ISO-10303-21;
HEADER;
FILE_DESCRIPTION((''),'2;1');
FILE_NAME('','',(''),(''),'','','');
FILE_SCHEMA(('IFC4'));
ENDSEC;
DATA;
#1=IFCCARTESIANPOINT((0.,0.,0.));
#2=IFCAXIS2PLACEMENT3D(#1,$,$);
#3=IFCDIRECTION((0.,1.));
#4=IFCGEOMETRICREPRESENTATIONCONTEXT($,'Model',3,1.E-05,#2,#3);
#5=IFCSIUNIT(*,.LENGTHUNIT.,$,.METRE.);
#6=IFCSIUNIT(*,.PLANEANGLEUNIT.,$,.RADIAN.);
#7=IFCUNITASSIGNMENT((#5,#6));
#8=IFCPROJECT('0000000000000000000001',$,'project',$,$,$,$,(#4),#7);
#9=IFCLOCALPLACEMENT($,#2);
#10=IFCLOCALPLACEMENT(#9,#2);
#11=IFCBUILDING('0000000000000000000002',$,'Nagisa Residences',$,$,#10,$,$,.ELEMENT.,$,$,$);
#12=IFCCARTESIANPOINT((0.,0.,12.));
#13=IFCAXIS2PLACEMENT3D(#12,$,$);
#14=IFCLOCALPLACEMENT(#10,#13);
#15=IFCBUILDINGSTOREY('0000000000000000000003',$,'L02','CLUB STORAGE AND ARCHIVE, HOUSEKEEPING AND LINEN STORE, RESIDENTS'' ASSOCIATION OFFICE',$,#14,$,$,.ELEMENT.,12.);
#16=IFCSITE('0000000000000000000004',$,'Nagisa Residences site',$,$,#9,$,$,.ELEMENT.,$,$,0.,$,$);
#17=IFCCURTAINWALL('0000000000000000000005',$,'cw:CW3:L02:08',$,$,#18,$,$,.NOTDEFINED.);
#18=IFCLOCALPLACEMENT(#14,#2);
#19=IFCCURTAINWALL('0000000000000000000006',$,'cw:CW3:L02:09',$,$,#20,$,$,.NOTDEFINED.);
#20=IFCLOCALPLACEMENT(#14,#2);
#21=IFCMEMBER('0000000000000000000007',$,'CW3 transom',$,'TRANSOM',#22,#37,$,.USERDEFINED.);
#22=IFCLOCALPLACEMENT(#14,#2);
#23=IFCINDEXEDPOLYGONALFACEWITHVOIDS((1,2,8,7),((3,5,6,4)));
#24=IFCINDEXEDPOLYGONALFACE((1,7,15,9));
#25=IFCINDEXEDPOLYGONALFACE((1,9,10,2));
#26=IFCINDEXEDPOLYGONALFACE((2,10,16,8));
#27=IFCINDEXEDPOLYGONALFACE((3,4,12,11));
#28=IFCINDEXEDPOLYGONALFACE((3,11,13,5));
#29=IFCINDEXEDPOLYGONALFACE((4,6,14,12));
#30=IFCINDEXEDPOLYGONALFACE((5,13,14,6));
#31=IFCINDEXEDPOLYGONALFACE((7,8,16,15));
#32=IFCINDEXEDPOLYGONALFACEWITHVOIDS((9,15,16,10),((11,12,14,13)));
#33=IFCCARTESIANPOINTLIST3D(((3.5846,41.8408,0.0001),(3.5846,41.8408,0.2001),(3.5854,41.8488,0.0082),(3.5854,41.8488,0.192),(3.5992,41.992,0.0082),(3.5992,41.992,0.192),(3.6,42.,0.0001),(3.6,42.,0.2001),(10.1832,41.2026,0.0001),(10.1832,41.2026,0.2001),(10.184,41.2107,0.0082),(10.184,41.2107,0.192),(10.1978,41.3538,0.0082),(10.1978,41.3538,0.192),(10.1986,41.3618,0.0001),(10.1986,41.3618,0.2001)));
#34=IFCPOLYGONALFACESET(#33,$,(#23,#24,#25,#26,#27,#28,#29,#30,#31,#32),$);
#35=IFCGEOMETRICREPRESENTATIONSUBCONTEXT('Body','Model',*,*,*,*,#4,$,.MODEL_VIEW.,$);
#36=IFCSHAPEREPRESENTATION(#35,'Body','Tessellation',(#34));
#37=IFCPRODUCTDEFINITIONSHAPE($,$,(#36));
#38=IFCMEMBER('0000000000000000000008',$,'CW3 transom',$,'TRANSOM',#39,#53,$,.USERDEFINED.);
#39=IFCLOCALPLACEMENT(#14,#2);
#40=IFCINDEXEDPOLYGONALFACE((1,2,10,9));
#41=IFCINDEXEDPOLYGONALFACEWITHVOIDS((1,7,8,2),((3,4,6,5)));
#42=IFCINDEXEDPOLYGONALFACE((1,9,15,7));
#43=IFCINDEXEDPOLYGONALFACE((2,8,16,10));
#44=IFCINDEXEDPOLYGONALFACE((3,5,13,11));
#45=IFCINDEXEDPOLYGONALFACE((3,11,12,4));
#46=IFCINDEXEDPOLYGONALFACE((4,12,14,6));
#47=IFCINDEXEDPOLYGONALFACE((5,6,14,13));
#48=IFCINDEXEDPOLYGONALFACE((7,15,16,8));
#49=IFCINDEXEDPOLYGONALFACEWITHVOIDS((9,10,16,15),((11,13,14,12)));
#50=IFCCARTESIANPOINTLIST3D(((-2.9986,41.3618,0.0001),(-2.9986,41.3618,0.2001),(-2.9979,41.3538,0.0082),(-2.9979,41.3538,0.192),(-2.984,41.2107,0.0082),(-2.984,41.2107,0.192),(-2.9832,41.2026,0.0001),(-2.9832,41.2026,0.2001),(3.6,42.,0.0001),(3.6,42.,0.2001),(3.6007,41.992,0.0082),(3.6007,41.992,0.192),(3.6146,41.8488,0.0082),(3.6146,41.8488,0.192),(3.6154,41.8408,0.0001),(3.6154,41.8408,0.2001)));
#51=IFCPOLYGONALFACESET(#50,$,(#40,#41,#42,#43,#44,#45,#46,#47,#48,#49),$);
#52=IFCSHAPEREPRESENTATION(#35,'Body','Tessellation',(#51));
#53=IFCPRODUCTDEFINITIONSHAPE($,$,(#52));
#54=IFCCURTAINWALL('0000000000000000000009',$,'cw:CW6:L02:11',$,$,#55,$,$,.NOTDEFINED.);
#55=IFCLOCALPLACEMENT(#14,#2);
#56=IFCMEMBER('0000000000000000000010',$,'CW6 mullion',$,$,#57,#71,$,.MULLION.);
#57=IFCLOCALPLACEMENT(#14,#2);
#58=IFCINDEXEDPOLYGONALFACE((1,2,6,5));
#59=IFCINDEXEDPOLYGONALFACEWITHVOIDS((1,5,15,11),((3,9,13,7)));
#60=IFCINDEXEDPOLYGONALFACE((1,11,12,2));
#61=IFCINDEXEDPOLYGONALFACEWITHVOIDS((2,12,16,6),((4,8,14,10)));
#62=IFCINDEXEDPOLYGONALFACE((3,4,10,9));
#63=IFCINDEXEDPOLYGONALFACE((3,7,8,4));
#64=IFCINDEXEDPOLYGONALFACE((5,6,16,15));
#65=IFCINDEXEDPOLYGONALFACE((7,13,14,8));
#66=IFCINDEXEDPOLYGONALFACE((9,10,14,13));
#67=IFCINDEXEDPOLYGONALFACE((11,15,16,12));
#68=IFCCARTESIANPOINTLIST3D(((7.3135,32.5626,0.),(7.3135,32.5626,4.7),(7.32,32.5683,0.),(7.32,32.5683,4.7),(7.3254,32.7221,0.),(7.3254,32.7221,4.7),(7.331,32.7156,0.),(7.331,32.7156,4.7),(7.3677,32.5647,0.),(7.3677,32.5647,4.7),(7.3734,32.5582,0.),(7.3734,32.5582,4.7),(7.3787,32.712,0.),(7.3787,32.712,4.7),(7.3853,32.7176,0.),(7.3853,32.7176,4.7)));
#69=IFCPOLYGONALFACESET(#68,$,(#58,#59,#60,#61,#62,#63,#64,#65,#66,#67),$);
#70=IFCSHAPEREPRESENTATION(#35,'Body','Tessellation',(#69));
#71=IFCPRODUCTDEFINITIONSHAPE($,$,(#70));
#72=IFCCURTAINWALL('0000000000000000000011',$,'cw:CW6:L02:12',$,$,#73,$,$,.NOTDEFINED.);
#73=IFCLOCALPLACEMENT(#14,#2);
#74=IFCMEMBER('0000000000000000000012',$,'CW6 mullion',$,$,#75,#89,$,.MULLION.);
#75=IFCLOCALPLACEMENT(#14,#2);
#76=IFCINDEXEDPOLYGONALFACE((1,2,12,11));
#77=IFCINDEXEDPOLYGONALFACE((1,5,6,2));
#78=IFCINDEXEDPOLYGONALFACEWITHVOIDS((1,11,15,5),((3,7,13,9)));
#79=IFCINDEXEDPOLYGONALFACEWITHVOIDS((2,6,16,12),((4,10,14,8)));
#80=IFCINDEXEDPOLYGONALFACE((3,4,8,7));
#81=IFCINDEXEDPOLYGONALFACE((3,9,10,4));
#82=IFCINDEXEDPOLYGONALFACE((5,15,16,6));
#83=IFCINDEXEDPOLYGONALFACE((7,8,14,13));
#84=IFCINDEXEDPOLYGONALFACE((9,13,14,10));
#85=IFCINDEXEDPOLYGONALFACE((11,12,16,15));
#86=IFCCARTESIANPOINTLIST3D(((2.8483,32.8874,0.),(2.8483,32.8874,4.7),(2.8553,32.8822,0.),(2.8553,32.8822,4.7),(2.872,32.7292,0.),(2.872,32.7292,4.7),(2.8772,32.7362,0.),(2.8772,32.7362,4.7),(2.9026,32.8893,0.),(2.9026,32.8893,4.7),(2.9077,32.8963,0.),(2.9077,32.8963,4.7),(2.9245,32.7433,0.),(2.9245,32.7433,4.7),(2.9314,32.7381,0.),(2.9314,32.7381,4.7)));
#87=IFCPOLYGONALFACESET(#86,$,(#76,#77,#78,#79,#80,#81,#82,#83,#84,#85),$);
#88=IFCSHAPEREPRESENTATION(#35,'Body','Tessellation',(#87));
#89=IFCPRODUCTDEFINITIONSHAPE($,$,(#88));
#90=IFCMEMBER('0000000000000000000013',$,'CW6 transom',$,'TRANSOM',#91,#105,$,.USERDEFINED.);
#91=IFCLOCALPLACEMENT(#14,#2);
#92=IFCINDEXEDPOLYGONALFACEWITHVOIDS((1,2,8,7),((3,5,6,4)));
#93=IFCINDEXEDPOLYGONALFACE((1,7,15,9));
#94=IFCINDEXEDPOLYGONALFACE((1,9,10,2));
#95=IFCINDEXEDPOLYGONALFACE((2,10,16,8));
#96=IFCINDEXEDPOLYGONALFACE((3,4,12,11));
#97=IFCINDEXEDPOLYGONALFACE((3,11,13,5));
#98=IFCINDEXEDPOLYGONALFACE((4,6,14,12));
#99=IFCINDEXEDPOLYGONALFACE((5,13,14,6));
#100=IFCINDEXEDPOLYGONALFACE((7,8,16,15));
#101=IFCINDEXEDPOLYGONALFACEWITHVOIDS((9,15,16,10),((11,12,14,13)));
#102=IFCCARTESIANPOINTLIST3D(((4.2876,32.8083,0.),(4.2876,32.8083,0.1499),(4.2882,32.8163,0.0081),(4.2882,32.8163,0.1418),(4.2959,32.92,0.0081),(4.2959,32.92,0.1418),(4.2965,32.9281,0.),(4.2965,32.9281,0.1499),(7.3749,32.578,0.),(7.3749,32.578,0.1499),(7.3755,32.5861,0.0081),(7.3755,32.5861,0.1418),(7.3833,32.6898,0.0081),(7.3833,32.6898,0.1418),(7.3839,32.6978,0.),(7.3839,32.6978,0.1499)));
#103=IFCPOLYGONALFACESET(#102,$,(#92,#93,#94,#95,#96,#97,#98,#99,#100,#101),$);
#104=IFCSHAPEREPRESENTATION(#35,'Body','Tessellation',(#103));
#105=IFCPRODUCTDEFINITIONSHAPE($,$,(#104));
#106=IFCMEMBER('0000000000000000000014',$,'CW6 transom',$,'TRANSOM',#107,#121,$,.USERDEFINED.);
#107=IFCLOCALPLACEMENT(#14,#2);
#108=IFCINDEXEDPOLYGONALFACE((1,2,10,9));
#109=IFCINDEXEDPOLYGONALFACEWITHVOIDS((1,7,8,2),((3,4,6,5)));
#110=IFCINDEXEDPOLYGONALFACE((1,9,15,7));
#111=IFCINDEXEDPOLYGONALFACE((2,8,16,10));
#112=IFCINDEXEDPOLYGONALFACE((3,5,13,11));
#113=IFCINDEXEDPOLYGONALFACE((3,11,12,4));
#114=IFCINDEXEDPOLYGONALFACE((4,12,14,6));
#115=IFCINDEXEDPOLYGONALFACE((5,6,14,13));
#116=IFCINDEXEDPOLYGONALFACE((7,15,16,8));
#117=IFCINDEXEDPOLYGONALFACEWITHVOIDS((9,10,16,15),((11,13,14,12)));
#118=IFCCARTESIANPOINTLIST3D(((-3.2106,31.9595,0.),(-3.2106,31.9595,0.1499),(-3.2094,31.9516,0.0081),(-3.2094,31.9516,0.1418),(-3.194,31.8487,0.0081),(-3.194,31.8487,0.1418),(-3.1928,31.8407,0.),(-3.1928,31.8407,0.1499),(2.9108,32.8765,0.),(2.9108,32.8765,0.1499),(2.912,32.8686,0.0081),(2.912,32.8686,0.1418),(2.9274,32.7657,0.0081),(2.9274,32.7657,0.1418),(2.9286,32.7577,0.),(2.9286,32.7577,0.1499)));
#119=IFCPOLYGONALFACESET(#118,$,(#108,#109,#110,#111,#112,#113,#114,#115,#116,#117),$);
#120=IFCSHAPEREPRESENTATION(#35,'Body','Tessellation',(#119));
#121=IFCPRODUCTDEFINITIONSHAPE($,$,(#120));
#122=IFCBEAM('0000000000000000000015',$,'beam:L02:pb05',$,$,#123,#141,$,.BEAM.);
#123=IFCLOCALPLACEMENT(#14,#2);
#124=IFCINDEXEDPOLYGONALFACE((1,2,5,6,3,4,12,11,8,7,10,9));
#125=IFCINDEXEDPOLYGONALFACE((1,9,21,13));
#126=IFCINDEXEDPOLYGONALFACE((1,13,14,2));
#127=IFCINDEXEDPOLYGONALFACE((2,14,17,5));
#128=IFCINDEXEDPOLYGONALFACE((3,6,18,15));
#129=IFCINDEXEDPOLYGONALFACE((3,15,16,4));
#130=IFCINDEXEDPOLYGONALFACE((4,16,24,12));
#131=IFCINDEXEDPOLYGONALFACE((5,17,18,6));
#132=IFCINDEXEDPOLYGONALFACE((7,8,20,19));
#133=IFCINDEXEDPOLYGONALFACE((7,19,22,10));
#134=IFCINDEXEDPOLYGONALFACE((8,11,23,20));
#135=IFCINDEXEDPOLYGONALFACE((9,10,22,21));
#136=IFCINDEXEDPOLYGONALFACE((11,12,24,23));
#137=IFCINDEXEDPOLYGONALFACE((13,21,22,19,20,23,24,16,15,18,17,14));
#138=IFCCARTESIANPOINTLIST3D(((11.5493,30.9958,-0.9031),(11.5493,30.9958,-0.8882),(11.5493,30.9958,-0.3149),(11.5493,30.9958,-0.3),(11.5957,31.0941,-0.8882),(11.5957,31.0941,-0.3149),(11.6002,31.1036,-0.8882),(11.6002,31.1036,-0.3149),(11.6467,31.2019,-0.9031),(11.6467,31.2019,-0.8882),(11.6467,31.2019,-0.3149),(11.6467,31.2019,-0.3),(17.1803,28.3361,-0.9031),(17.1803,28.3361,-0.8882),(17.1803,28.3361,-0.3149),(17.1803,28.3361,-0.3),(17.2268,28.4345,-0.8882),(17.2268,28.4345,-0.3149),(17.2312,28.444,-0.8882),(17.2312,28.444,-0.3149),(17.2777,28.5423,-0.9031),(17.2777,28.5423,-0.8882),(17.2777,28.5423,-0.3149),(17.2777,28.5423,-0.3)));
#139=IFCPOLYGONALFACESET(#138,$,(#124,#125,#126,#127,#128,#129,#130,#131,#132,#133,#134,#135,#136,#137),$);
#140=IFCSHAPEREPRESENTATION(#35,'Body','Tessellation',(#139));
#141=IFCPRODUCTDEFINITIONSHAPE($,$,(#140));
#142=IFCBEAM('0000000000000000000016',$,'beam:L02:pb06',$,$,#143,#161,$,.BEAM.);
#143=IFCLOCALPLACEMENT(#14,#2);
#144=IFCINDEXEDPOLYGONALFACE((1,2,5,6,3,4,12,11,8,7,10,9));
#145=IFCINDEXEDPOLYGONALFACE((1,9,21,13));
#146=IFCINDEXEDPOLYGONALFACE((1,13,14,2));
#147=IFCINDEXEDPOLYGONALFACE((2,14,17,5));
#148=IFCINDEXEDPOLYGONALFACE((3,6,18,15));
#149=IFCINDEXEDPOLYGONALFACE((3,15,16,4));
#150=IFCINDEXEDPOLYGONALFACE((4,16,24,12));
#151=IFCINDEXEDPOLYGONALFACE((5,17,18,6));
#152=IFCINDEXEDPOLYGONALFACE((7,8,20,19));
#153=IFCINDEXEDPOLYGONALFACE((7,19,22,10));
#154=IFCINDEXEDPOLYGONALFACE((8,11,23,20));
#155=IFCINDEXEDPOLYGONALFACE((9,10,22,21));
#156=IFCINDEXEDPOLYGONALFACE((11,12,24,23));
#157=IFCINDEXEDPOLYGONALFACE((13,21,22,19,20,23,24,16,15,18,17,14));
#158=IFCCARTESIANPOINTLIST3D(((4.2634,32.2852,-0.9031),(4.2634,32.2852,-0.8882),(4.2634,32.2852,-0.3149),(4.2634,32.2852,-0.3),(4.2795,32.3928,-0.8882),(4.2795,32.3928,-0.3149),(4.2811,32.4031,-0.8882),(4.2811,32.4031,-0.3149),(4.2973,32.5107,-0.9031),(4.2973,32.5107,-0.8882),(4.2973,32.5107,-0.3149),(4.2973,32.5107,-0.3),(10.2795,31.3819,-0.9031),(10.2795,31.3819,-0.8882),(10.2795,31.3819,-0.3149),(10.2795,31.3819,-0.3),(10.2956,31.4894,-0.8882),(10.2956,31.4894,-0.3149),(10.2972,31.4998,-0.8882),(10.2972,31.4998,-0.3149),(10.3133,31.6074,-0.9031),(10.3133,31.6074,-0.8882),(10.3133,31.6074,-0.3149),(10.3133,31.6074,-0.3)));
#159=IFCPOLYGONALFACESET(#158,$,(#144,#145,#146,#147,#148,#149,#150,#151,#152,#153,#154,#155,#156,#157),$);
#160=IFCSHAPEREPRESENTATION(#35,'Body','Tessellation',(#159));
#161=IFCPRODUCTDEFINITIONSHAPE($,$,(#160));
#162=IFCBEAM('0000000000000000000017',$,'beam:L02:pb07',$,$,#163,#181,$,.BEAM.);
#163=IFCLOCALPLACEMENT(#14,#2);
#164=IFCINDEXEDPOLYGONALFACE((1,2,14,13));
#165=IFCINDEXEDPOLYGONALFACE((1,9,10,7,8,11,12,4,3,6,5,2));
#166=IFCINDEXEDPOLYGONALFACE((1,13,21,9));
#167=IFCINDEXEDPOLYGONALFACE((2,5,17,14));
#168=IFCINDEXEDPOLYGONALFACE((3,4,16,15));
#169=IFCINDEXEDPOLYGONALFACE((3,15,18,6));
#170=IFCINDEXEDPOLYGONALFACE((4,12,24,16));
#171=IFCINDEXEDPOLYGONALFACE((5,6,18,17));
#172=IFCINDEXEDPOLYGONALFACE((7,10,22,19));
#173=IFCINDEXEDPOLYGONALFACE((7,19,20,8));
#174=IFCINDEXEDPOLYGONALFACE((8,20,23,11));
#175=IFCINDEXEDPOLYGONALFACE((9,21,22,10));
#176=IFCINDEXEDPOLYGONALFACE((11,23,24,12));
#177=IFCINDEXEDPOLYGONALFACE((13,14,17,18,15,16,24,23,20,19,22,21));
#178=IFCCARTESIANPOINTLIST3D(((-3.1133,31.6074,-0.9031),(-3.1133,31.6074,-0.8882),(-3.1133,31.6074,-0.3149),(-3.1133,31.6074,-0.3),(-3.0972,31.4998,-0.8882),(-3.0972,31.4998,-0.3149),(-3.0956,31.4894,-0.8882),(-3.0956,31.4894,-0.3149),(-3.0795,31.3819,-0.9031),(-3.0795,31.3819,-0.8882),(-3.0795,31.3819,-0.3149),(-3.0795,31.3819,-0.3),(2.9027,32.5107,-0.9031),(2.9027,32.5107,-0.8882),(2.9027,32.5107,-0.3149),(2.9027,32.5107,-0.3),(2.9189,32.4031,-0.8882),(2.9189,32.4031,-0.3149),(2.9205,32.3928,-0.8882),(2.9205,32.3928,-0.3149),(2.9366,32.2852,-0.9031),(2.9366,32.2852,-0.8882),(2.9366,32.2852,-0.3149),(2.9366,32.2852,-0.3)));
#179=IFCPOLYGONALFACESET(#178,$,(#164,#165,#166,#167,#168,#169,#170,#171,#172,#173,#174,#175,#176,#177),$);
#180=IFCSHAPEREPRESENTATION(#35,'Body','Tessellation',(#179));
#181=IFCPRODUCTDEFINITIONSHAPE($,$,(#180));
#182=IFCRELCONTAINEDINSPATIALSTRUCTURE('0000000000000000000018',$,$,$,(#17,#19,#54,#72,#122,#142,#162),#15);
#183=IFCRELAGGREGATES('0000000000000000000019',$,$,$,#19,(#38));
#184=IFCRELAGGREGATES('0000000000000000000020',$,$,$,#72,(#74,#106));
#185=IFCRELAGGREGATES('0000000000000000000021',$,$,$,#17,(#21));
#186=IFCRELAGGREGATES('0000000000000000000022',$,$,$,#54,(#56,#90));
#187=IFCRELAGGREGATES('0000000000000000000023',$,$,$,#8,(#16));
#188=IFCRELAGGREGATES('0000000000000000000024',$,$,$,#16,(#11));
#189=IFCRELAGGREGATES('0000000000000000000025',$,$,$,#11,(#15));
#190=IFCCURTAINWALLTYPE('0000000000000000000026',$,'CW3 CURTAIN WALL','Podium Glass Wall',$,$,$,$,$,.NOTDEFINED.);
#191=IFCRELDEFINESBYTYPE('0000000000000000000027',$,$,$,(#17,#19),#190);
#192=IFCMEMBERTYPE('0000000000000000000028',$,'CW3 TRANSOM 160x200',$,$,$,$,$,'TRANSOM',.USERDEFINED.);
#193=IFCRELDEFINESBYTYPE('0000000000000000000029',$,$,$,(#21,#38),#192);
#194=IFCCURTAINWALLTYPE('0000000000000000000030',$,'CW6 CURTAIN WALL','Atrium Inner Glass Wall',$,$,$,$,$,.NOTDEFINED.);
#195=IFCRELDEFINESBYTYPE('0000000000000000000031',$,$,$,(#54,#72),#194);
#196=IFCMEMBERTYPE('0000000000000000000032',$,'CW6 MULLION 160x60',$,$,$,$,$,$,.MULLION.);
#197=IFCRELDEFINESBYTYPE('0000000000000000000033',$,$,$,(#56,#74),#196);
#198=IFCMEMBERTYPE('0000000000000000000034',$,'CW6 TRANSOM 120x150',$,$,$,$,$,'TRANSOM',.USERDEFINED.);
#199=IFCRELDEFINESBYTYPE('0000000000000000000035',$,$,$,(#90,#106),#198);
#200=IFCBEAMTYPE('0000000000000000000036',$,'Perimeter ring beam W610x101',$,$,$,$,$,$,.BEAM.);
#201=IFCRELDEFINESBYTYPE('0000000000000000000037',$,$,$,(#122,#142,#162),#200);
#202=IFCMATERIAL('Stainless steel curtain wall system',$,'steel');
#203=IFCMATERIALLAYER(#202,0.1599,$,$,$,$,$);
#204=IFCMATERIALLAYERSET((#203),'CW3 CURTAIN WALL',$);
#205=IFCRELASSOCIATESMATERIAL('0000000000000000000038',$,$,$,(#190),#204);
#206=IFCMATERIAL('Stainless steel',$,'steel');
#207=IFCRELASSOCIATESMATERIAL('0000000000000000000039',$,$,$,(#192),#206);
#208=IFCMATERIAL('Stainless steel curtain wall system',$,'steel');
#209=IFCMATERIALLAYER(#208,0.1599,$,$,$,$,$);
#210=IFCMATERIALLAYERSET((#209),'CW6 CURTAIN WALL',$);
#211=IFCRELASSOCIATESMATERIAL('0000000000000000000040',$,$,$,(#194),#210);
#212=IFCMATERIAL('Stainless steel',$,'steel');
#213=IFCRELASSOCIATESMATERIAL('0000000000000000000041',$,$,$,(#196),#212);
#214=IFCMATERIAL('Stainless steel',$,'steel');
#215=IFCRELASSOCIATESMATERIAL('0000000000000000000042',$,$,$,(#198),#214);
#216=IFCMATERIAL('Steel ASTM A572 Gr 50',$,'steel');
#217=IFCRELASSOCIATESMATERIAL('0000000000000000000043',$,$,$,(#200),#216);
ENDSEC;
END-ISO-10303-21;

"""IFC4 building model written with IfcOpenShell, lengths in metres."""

from ifc_helpers import new_model, si_unit, direction, frame, origin, origin_2d, place, context, subcontext, project, spatial, hollow_rectangle, i_section, extrude, material, layer, layer_set, material_profile, profile_set, type_object, element, aggregate, save


model = new_model("IFC4")

# Units and contexts
model_context = context("Model", 3, precision=1e-05, world=origin(), true_north=direction((0.0, 1.0)))
body_context = subcontext(model_context, "Body", "Model", "MODEL_VIEW")
ifc_project = project(units=[si_unit("LENGTHUNIT", "METRE"), si_unit("PLANEANGLEUNIT", "RADIAN")], contexts=[model_context])

# Site, building, storey
site_placement = place(None, origin())
site = spatial("IfcSite", under=ifc_project, at=site_placement, Name="Nagisa Residences site", CompositionType="ELEMENT", RefElevation=0.0)
building_placement = place(site_placement, origin())
building = spatial("IfcBuilding", under=site, at=building_placement, Name="Nagisa Residences", CompositionType="ELEMENT")
storey_placement = place(building_placement, frame((0.0, 0.0, 12.0)))
storey = spatial("IfcBuildingStorey", under=building, at=storey_placement, Name="L02", Description="CLUB STORAGE AND ARCHIVE, HOUSEKEEPING AND LINEN STORE, RESIDENTS' ASSOCIATION OFFICE", CompositionType="ELEMENT", Elevation=12.0)

# Shared definitions
ifc_material_1 = material(Name="Stainless steel curtain wall system", Category="steel")
ifc_layer_1 = layer(ifc_material_1, 0.1599)
ifc_layer_set_1 = layer_set([ifc_layer_1], Name="CW3 CURTAIN WALL")
curtain_wall_type_1 = type_object("IfcCurtainWallType", Name="CW3 CURTAIN WALL", Description="Podium Glass Wall", PredefinedType="NOTDEFINED", material=ifc_layer_set_1)

# Curtain wall
curtain_wall_1_placement = place(storey_placement, origin())
curtain_wall_1 = element("IfcCurtainWall", 1, at=curtain_wall_1_placement, inside=storey, type_object=curtain_wall_type_1, Name="cw:CW3:L02:08", PredefinedType="NOTDEFINED")

# Curtain wall
curtain_wall_2_placement = place(storey_placement, origin())
curtain_wall_2 = element("IfcCurtainWall", 2, at=curtain_wall_2_placement, inside=storey, type_object=curtain_wall_type_1, Name="cw:CW3:L02:09", PredefinedType="NOTDEFINED")

# Members
ifc_material_2 = material(Name="Stainless steel", Category="steel")
ifc_material_profile_1 = material_profile(ifc_material_2, hollow_rectangle(XDim=0.1599, YDim=0.2, WallThickness=0.0081, at=origin_2d()), Name="CW3 TRANSOM 160x200")
ifc_profile_set_1 = profile_set([ifc_material_profile_1], Name="Stainless steel")
member_type_1 = type_object("IfcMemberType", Name="CW3 TRANSOM 160x200", ElementType="TRANSOM", PredefinedType="USERDEFINED", material=ifc_profile_set_1)
member_1_placement = place(storey_placement, frame((10.1909, 41.2822, 0.1001), z_axis=(-0.995356, 0.096265, 0.0), x_axis=(-0.096265, -0.995356, 0.0)))
member_1 = element("IfcMember", 3, at=member_1_placement, type_object=member_type_1, Name="CW3 transom", ObjectType="TRANSOM", PredefinedType="USERDEFINED", context=body_context, shape_type="SweptSolid", body=[
    extrude(hollow_rectangle(XDim=0.1599, YDim=0.2, WallThickness=0.0081, at=origin_2d()), origin(), (0.0, 0.0, 1.0), 6.6294),
])
member_2_placement = place(storey_placement, frame((3.6077, 41.9204, 0.1001), z_axis=(-0.995356, -0.096265, 0.0), x_axis=(0.096265, -0.995356, 0.0)))
member_2 = element("IfcMember", 4, at=member_2_placement, type_object=member_type_1, Name="CW3 transom", ObjectType="TRANSOM", PredefinedType="USERDEFINED", context=body_context, shape_type="SweptSolid", body=[
    extrude(hollow_rectangle(XDim=0.1599, YDim=0.2, WallThickness=0.0081, at=origin_2d()), origin(), (0.0, 0.0, 1.0), 6.6294),
])
aggregate(curtain_wall_2, [member_2])

# Curtain walls, members
ifc_material_3 = material(Name="Stainless steel curtain wall system", Category="steel")
ifc_layer_2 = layer(ifc_material_3, 0.1599)
ifc_layer_set_2 = layer_set([ifc_layer_2], Name="CW6 CURTAIN WALL")
curtain_wall_type_2 = type_object("IfcCurtainWallType", Name="CW6 CURTAIN WALL", Description="Atrium Inner Glass Wall", PredefinedType="NOTDEFINED", material=ifc_layer_set_2)
curtain_wall_3_placement = place(storey_placement, origin())
curtain_wall_3 = element("IfcCurtainWall", 5, at=curtain_wall_3_placement, inside=storey, type_object=curtain_wall_type_2, Name="cw:CW6:L02:11", PredefinedType="NOTDEFINED")
ifc_material_4 = material(Name="Stainless steel", Category="steel")
ifc_material_profile_2 = material_profile(ifc_material_4, hollow_rectangle(XDim=0.1599, YDim=0.0601, WallThickness=0.0061, at=origin_2d()), Name="CW6 MULLION 160x60")
ifc_profile_set_2 = profile_set([ifc_material_profile_2], Name="Stainless steel")
member_type_2 = type_object("IfcMemberType", Name="CW6 MULLION 160x60", PredefinedType="MULLION", material=ifc_profile_set_2)
member_3_placement = place(storey_placement, frame((7.3494, 32.6401, 0.0), z_axis=(0.0, 0.0, 1.0), x_axis=(-0.074377, -0.99723, 0.0)))
member_3 = element("IfcMember", 6, at=member_3_placement, type_object=member_type_2, Name="CW6 mullion", PredefinedType="MULLION", context=body_context, shape_type="SweptSolid", body=[
    extrude(hollow_rectangle(XDim=0.1599, YDim=0.0601, WallThickness=0.0061, at=origin_2d()), origin(), (0.0, 0.0, 1.0), 4.7),
])
curtain_wall_4_placement = place(storey_placement, origin())
curtain_wall_4 = element("IfcCurtainWall", 7, at=curtain_wall_4_placement, inside=storey, type_object=curtain_wall_type_2, Name="cw:CW6:L02:12", PredefinedType="NOTDEFINED")
member_4_placement = place(storey_placement, frame((2.8899, 32.8127, 0.0), z_axis=(0.0, 0.0, 1.0), x_axis=(0.148158, -0.988964, 0.0)))
member_4 = element("IfcMember", 8, at=member_4_placement, type_object=member_type_2, Name="CW6 mullion", PredefinedType="MULLION", context=body_context, shape_type="SweptSolid", body=[
    extrude(hollow_rectangle(XDim=0.1599, YDim=0.0601, WallThickness=0.0061, at=origin_2d()), origin(), (0.0, 0.0, 1.0), 4.7),
])

# Members
ifc_material_5 = material(Name="Stainless steel", Category="steel")
ifc_material_profile_3 = material_profile(ifc_material_5, hollow_rectangle(XDim=0.1201, YDim=0.1499, WallThickness=0.0081, at=origin_2d()), Name="CW6 TRANSOM 120x150")
ifc_profile_set_3 = profile_set([ifc_material_profile_3], Name="Stainless steel")
member_type_3 = type_object("IfcMemberType", Name="CW6 TRANSOM 120x150", ElementType="TRANSOM", PredefinedType="USERDEFINED", material=ifc_profile_set_3)
member_5_placement = place(storey_placement, frame((7.3794, 32.6379, 0.075), z_axis=(-0.997231, 0.074363, 0.0), x_axis=(-0.074363, -0.997231, 0.0)))
member_5 = element("IfcMember", 9, at=member_5_placement, type_object=member_type_3, Name="CW6 transom", ObjectType="TRANSOM", PredefinedType="USERDEFINED", context=body_context, shape_type="SweptSolid", body=[
    extrude(hollow_rectangle(XDim=0.1201, YDim=0.1499, WallThickness=0.0081, at=origin_2d()), origin(), (0.0, 0.0, 1.0), 3.0959),
])
member_6_placement = place(storey_placement, frame((2.9197, 32.8171, 0.075), z_axis=(-0.988965, -0.14815, 0.0), x_axis=(0.14815, -0.988965, 0.0)))
member_6 = element("IfcMember", 10, at=member_6_placement, type_object=member_type_3, Name="CW6 transom", ObjectType="TRANSOM", PredefinedType="USERDEFINED", context=body_context, shape_type="SweptSolid", body=[
    extrude(hollow_rectangle(XDim=0.1201, YDim=0.1499, WallThickness=0.0081, at=origin_2d()), origin(), (0.0, 0.0, 1.0), 6.1897),
])
aggregate(curtain_wall_4, [member_4, member_6])

# Beams
ifc_material_6 = material(Name="Steel ASTM A572 Gr 50", Category="steel")
ifc_material_profile_4 = material_profile(ifc_material_6, i_section(OverallWidth=0.228, OverallDepth=0.603, WebThickness=0.0105, FlangeThickness=0.0149, at=origin_2d()), Name="W610x101")
ifc_profile_set_4 = profile_set([ifc_material_profile_4], Name="Steel ASTM A572 Gr 50")
beam_type_1 = type_object("IfcBeamType", Name="Perimeter ring beam W610x101", PredefinedType="BEAM", material=ifc_profile_set_4)
beam_1_placement = place(storey_placement, frame((17.229, 28.4392, -0.6016), z_axis=(-0.904215, 0.427077, 0.0), x_axis=(-0.427077, -0.904215, 0.0)))
element("IfcBeam", 11, at=beam_1_placement, inside=storey, type_object=beam_type_1, Name="beam:L02:pb05", PredefinedType="BEAM", context=body_context, shape_type="SweptSolid", body=[
    extrude(i_section(OverallWidth=0.228, OverallDepth=0.603, WebThickness=0.0105, FlangeThickness=0.0149, at=origin_2d()), origin(), (0.0, 0.0, 1.0), 6.2275),
])
for number, where, z_axis, x_axis, name in (
    (12, (10.2964, 31.4946, -0.6016), (-0.988915, 0.148486, 0.0), (-0.148486, -0.988915, 0.0), "beam:L02:pb06"),
    (13, (2.9197, 32.3979, -0.6016), (-0.988915, -0.148486, 0.0), (0.148486, -0.988915, 0.0), "beam:L02:pb07"),
):
    element("IfcBeam", number, at=place(storey_placement, frame(where, z_axis=z_axis, x_axis=x_axis)), inside=storey, type_object=beam_type_1, Name=name, PredefinedType="BEAM", context=body_context, shape_type="SweptSolid", body=[
        extrude(i_section(OverallWidth=0.228, OverallDepth=0.603, WebThickness=0.0105, FlangeThickness=0.0149, at=origin_2d()), origin(), (0.0, 0.0, 1.0), 6.0835),
    ])

aggregate(curtain_wall_1, [member_1])

aggregate(curtain_wall_3, [member_3, member_5])

save(model, "model.ifc")
